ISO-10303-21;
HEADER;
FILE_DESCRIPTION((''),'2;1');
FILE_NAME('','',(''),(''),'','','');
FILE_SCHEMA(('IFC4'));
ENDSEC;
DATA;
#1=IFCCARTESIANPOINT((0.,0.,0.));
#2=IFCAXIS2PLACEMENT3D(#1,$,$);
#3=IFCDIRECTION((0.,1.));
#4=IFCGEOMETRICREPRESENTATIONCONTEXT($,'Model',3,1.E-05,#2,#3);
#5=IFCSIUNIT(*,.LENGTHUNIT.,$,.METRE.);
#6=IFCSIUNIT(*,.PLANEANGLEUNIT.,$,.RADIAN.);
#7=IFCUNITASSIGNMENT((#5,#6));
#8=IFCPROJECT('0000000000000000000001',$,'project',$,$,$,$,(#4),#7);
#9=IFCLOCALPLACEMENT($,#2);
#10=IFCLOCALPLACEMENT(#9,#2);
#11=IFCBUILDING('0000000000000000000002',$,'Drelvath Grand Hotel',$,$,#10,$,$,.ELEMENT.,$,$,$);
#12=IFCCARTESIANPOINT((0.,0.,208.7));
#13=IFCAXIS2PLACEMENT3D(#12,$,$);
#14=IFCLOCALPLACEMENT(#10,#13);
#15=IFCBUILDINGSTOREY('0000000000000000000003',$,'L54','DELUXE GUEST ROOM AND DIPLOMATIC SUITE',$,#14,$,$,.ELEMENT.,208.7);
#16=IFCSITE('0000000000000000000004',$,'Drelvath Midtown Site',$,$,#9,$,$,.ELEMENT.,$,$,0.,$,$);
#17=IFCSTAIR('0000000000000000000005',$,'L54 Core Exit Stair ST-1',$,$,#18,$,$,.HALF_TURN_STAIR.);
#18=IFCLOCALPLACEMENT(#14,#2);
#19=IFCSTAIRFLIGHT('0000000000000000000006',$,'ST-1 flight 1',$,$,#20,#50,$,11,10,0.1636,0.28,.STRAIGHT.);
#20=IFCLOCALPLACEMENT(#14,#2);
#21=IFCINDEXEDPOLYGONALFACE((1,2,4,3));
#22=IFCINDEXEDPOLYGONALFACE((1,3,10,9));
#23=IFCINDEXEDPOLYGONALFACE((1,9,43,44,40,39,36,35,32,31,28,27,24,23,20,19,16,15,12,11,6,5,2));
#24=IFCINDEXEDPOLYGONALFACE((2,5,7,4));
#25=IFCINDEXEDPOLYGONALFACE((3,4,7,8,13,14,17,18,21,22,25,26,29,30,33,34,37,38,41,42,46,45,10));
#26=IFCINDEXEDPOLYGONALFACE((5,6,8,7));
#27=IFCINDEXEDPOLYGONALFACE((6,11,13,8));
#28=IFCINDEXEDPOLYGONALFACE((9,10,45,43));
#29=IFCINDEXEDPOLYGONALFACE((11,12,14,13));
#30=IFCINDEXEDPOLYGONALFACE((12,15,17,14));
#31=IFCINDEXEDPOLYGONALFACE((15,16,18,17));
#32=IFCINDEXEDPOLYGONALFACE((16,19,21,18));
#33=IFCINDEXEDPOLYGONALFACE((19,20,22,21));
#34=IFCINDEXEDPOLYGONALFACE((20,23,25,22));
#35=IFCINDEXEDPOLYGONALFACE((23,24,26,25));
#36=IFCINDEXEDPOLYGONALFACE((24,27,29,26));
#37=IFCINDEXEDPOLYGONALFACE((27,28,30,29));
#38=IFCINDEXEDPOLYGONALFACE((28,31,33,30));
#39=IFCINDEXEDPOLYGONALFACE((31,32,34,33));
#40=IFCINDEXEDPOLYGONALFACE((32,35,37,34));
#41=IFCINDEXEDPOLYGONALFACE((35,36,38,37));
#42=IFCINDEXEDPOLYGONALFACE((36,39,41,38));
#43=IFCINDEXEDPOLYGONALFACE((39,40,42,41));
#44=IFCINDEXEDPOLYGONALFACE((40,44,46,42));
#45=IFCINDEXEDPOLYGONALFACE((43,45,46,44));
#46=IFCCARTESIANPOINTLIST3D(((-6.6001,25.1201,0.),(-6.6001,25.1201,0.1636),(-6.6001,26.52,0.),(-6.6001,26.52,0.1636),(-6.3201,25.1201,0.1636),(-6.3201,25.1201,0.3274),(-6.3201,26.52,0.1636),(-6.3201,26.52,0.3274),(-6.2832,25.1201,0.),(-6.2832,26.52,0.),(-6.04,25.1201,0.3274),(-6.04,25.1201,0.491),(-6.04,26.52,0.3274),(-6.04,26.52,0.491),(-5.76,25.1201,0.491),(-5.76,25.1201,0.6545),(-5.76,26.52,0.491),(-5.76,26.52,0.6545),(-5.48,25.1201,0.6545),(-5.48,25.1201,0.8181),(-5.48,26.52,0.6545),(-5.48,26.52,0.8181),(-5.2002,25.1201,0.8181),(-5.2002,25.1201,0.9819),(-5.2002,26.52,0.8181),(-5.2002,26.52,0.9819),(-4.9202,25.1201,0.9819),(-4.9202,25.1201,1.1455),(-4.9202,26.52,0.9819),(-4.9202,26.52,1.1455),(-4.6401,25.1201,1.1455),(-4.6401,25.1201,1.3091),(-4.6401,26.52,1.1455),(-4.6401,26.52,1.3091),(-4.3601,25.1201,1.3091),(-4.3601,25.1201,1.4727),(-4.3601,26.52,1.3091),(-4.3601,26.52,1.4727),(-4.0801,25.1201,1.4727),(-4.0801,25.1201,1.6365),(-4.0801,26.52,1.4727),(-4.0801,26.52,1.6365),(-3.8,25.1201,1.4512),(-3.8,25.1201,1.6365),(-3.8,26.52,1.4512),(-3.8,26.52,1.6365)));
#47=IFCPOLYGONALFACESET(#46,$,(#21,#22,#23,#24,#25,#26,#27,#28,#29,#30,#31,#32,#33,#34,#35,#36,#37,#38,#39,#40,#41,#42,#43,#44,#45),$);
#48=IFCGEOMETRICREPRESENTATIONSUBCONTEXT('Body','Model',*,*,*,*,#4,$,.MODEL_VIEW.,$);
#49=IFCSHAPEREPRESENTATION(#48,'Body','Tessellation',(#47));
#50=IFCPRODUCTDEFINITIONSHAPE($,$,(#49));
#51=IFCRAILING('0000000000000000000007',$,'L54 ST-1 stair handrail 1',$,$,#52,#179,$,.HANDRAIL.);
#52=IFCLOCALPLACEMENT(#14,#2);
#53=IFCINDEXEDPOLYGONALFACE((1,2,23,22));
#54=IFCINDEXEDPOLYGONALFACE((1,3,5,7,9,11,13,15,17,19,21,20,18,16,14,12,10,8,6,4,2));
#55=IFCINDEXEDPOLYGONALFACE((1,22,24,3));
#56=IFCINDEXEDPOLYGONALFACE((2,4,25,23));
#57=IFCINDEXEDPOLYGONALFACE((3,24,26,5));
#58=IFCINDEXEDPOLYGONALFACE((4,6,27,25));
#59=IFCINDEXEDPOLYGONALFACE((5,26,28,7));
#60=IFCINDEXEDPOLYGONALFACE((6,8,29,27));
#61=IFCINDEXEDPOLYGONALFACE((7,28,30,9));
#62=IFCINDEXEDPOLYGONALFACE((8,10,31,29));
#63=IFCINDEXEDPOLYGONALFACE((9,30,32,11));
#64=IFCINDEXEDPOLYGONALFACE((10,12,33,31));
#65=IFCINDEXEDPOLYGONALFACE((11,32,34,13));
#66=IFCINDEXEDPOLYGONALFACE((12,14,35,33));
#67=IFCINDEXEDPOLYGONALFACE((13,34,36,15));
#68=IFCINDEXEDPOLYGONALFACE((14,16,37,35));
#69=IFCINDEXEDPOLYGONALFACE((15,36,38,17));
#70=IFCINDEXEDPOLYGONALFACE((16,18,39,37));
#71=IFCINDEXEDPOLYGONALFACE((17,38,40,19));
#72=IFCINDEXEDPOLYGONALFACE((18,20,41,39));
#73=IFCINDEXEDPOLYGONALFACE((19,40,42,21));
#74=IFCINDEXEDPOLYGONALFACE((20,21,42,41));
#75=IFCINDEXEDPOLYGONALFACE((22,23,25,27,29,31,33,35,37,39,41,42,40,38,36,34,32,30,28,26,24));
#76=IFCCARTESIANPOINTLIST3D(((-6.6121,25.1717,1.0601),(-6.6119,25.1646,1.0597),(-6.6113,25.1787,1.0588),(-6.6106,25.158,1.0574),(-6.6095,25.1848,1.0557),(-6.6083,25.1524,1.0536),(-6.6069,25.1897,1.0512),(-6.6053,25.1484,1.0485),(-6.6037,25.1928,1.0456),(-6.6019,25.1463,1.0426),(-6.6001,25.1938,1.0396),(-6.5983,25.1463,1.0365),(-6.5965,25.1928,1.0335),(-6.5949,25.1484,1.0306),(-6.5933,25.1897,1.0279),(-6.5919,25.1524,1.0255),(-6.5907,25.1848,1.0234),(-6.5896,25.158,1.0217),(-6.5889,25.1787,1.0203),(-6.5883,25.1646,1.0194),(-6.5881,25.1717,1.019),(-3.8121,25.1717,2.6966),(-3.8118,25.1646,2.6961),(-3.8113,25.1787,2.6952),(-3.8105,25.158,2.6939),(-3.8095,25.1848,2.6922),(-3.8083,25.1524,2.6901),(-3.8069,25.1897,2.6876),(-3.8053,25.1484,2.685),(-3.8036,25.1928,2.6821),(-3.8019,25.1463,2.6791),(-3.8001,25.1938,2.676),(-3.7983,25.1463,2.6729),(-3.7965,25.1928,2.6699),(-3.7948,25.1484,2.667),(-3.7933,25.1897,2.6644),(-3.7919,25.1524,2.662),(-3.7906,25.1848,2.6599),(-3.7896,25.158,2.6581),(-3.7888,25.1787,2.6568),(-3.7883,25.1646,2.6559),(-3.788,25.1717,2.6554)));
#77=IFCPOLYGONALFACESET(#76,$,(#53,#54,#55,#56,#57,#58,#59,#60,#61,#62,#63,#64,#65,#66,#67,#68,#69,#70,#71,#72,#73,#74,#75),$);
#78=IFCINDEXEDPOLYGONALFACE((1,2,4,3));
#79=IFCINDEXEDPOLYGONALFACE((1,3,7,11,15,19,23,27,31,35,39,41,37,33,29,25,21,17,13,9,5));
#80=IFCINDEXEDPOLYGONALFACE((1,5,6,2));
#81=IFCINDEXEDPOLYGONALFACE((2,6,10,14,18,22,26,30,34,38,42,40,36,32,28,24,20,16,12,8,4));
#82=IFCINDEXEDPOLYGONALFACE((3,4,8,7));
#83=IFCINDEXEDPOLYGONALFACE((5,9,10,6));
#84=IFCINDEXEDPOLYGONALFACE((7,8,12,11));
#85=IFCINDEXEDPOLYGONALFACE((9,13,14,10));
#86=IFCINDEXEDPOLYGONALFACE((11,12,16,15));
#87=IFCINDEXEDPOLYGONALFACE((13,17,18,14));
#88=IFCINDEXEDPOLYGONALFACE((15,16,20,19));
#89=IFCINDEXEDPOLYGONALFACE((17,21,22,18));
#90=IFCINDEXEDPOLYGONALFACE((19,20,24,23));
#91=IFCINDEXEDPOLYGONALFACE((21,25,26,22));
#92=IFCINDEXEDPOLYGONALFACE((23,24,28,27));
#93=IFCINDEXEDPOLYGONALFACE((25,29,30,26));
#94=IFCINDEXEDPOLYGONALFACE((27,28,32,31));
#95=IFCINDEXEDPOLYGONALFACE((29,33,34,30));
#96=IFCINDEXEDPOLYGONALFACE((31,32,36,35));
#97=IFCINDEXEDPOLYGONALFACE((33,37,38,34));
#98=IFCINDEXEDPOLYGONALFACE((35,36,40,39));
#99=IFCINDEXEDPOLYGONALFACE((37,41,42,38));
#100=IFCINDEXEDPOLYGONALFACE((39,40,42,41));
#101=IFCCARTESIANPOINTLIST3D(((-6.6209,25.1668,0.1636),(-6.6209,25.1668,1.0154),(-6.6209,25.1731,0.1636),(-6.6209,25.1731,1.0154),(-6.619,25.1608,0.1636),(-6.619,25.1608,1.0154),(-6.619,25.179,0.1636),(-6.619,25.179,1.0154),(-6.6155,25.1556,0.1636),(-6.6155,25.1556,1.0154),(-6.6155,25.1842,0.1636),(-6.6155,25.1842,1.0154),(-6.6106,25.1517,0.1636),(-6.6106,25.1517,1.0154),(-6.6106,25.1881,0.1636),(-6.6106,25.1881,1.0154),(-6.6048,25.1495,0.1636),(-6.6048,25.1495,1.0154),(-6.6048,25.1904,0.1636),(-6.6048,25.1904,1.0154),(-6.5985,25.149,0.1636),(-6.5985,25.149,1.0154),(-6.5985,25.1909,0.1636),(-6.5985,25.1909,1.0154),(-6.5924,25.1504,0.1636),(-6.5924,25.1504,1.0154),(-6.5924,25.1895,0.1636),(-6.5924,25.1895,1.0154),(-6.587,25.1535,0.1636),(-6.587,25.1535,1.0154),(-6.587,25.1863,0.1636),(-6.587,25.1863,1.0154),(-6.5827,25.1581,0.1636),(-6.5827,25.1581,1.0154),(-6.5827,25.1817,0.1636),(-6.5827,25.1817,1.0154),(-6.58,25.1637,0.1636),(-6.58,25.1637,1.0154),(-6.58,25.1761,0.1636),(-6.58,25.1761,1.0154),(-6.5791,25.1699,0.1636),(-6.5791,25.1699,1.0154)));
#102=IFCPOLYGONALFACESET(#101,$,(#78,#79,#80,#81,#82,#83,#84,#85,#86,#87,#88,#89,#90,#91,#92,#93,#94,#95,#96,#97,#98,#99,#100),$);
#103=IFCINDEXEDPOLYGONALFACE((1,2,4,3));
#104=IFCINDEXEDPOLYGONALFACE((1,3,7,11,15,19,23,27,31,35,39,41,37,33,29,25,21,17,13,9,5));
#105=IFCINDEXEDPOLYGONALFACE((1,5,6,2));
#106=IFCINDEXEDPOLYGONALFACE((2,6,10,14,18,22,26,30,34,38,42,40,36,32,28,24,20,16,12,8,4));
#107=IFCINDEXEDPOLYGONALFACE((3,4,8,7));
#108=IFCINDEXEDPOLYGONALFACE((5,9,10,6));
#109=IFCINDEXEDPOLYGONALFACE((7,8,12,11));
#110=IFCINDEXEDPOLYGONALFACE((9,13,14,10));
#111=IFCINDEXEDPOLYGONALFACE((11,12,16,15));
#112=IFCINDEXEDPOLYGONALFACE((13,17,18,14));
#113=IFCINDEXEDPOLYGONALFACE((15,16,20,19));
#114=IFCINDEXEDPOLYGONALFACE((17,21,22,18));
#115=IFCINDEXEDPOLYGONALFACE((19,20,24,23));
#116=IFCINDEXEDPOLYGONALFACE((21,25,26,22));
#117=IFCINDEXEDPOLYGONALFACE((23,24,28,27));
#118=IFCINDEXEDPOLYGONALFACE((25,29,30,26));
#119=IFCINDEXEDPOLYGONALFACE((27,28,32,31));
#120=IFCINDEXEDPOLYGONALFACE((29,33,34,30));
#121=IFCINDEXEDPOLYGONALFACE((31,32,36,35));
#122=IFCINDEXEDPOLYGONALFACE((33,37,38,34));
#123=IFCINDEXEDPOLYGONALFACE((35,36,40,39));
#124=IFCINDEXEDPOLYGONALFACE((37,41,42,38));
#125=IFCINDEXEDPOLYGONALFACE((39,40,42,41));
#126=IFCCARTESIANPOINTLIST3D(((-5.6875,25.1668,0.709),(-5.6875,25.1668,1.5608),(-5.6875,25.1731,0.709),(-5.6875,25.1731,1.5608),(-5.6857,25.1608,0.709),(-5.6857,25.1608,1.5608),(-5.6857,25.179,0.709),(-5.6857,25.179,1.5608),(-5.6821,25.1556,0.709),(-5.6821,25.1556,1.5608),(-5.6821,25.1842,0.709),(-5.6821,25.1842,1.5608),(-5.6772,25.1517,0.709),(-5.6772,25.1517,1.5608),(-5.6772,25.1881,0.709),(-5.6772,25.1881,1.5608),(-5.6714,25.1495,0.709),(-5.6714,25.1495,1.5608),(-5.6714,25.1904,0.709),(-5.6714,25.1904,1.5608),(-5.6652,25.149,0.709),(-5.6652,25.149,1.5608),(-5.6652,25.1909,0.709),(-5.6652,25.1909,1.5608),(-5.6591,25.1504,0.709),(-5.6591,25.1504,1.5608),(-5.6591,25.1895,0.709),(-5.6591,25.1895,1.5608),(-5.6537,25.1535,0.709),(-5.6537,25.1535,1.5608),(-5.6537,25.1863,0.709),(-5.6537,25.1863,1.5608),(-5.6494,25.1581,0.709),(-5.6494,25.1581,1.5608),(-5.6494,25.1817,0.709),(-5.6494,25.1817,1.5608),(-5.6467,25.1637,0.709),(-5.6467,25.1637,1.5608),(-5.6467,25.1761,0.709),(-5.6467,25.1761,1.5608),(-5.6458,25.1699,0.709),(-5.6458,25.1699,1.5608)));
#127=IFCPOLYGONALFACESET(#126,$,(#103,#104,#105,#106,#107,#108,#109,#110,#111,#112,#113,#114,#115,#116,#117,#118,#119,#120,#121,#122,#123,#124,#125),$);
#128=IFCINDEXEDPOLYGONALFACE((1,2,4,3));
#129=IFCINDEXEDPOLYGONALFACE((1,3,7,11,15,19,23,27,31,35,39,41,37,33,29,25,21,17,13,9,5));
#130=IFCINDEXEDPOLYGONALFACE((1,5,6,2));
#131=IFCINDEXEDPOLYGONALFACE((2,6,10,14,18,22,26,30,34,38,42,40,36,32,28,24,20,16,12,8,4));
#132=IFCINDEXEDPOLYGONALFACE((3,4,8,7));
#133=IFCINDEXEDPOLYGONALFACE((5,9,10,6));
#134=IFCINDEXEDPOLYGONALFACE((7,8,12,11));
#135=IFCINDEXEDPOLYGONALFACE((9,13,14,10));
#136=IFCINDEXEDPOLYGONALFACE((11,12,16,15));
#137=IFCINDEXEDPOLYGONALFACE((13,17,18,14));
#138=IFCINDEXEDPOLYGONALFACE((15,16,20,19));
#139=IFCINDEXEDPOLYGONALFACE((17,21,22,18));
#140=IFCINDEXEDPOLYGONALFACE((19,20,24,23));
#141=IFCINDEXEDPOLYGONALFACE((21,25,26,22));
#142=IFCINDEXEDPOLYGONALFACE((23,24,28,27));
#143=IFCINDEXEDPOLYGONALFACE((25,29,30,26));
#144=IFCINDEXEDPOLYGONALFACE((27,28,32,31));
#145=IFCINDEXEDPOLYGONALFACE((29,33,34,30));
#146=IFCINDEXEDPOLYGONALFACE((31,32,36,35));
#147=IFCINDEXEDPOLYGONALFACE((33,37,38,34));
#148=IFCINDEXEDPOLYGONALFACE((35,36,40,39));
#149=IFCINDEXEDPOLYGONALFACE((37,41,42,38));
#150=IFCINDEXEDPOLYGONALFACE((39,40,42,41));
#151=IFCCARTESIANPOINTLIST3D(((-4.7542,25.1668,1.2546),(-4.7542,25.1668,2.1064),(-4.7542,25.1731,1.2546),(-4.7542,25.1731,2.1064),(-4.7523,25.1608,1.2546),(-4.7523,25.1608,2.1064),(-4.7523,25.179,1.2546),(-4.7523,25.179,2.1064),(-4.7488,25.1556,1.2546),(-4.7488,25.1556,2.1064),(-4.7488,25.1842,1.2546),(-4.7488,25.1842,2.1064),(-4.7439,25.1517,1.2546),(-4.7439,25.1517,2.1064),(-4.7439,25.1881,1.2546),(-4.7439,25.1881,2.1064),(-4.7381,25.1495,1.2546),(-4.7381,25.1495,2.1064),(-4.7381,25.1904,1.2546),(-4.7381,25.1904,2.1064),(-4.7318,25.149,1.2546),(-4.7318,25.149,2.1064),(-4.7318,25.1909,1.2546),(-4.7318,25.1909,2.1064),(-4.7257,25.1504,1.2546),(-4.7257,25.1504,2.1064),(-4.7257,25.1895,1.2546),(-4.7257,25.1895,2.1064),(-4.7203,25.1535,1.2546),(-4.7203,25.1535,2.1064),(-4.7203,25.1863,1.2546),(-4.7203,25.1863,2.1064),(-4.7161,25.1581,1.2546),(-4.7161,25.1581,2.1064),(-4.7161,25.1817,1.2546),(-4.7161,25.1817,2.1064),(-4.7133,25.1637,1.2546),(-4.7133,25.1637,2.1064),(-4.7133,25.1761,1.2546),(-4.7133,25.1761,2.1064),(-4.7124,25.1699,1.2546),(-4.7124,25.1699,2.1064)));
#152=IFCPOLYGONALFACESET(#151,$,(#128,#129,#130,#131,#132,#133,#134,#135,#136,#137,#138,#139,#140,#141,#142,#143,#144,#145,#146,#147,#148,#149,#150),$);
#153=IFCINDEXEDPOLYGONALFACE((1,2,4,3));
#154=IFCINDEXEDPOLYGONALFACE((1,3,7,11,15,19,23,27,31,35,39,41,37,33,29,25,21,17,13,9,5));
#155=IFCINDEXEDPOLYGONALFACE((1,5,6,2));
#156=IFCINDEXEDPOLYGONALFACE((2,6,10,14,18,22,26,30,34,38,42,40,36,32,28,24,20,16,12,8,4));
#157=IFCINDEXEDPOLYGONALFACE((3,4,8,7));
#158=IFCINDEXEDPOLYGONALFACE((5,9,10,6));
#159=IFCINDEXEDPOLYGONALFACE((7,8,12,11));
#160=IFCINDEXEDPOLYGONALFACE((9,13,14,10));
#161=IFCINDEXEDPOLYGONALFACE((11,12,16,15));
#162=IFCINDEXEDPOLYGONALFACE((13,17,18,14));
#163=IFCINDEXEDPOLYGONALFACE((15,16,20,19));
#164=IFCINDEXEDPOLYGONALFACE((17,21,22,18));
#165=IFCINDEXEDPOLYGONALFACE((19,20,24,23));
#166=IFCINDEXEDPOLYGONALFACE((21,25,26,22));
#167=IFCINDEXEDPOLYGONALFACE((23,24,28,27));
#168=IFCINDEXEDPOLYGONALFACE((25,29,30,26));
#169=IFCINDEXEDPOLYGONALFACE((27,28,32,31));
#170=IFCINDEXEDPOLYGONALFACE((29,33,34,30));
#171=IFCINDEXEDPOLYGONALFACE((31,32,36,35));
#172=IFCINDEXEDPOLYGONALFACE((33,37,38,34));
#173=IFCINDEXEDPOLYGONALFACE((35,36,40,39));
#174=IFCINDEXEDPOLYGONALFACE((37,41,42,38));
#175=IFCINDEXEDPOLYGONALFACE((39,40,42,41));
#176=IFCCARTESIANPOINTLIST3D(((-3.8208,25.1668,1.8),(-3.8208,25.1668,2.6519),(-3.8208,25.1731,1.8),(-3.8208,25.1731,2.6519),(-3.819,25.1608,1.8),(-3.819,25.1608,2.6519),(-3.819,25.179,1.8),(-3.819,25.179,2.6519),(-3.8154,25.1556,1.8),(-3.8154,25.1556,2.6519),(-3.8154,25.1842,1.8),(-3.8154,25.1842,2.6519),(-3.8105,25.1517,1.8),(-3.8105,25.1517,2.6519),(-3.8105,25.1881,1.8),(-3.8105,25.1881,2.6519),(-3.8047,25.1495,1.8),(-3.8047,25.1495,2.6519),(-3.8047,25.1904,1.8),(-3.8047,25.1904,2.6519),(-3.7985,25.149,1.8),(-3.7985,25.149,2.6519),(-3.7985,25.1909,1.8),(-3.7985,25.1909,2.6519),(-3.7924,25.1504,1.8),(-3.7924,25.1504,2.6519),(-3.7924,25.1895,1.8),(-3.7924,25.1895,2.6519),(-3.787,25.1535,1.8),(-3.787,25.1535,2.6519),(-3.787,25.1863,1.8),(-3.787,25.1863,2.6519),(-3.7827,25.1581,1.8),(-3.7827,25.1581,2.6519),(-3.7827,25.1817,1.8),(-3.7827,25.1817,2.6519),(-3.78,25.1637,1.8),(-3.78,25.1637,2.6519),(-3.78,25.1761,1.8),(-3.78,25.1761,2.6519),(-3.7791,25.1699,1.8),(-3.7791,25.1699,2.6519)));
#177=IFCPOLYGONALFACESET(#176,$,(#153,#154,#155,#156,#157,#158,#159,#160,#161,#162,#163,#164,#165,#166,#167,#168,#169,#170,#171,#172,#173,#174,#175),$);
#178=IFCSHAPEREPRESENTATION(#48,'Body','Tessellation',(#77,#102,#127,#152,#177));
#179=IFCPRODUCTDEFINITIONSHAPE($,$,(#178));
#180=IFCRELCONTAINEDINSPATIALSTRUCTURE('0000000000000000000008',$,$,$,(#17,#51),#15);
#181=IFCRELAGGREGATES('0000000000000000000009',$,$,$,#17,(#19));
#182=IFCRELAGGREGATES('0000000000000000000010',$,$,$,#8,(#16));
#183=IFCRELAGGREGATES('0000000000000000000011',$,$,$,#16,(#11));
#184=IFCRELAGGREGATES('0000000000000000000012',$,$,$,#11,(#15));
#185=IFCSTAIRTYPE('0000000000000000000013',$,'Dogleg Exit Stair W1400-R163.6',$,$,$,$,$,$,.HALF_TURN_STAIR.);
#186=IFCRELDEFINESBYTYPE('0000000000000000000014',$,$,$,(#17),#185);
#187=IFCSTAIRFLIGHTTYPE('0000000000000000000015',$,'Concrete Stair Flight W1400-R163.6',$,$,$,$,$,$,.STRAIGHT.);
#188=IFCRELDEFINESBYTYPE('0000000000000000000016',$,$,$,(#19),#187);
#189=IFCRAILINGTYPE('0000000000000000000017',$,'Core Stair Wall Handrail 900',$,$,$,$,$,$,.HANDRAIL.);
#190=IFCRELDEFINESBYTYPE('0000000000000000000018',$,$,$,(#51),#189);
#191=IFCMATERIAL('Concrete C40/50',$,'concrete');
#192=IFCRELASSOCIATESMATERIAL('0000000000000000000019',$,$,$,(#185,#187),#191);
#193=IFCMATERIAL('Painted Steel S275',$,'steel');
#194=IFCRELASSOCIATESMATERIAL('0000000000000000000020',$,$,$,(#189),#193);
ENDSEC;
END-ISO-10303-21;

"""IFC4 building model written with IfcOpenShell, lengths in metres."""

from ifc_helpers import new_model, si_unit, direction, frame, origin, origin_2d, place, context, subcontext, project, spatial, polyline, circle, outline, extrude, material, type_object, element, aggregate, save


model = new_model("IFC4")

# Units and contexts
model_context = context("Model", 3, precision=1e-05, world=origin(), true_north=direction((0.0, 1.0)))
body_context = subcontext(model_context, "Body", "Model", "MODEL_VIEW")
ifc_project = project(units=[si_unit("LENGTHUNIT", "METRE"), si_unit("PLANEANGLEUNIT", "RADIAN")], contexts=[model_context])

# Site, building, storey
site_placement = place(None, origin())
site = spatial("IfcSite", under=ifc_project, at=site_placement, Name="Drelvath Midtown Site", CompositionType="ELEMENT", RefElevation=0.0)
building_placement = place(site_placement, origin())
building = spatial("IfcBuilding", under=site, at=building_placement, Name="Drelvath Grand Hotel", CompositionType="ELEMENT")
storey_placement = place(building_placement, frame((0.0, 0.0, 208.7)))
storey = spatial("IfcBuildingStorey", under=building, at=storey_placement, Name="L54", Description="DELUXE GUEST ROOM AND DIPLOMATIC SUITE", CompositionType="ELEMENT", Elevation=208.7)

# Shared definitions
ifc_material_1 = material(Name="Concrete C40/50", Category="concrete")
ifc_material_2 = material(Name="Painted Steel S275", Category="steel")

# Stair, stair flight
stair_type = type_object("IfcStairType", Name="Dogleg Exit Stair W1400-R163.6", PredefinedType="HALF_TURN_STAIR", material=ifc_material_1)
stair_placement = place(storey_placement, origin())
stair = element("IfcStair", 1, at=stair_placement, inside=storey, type_object=stair_type, Name="L54 Core Exit Stair ST-1", PredefinedType="HALF_TURN_STAIR")
stair_flight_type = type_object("IfcStairFlightType", Name="Concrete Stair Flight W1400-R163.6", PredefinedType="STRAIGHT", material=ifc_material_1)
stair_flight_placement = place(storey_placement, frame((-6.6001, 25.8201, 0.0), z_axis=(0.0, 0.0, 1.0), x_axis=(1.0, 0.0, 0.0)))
stair_flight = element("IfcStairFlight", 2, at=stair_flight_placement, type_object=stair_flight_type, Name="ST-1 flight 1", NumberOfRisers=11, NumberOfTreads=10, PredefinedType="STRAIGHT", RiserHeight=0.1636, TreadLength=0.28, context=body_context, shape_type="SweptSolid", body=[
    extrude(outline(polyline([(0.0, 0.0), (0.0, 0.1636), (0.28, 0.1636), (0.28, 0.3274), (0.5601, 0.3274), (0.5601, 0.491), (0.8401, 0.491), (0.8401, 0.6545), (1.1201, 0.6545), (1.1201, 0.8181), (1.3999, 0.8181), (1.3999, 0.9819), (1.6799, 0.9819), (1.6799, 1.1455), (1.96, 1.1455), (1.96, 1.3091), (2.24, 1.3091), (2.24, 1.4727), (2.52, 1.4727), (2.52, 1.6365), (2.8, 1.6365), (2.8, 1.8), (2.8, 1.4512), (0.3169, 0.0), (0.0, 0.0)])), frame((0.0, 0.7, 0.0), z_axis=(0.0, -1.0, 0.0), x_axis=(1.0, 0.0, 0.0)), (0.0, 0.0, 1.0), 1.3999),
])
aggregate(stair, [stair_flight])

# Railing
railing_type_1 = type_object("IfcRailingType", Name="Core Stair Wall Handrail 900", PredefinedType="HANDRAIL", material=ifc_material_2)
railing_1_placement = place(storey_placement, frame((-6.6001, 25.1699, 0.1636)))
element("IfcRailing", 3, at=railing_1_placement, inside=storey, type_object=railing_type_1, Name="L54 ST-1 stair handrail 1", PredefinedType="HANDRAIL", context=body_context, shape_type="SweptSolid", body=[
    extrude(circle(Radius=0.0239, at=origin_2d()), frame((0.0, 0.0, 0.876), z_axis=(0.863361, 0.0, 0.504587), x_axis=(0.0, 1.0, 0.0)), (0.0, 0.0, 1.0), 3.2432),
    extrude(circle(Radius=0.021, at=origin_2d()), origin(), (0.0, 0.0, 1.0), 0.8518),
    extrude(circle(Radius=0.021, at=origin_2d()), frame((0.9333, 0.0, 0.5454)), (0.0, 0.0, 1.0), 0.8518),
    extrude(circle(Radius=0.021, at=origin_2d()), frame((1.8667, 0.0, 1.0911)), (0.0, 0.0, 1.0), 0.8518),
    extrude(circle(Radius=0.021, at=origin_2d()), frame((2.8, 0.0, 1.6365)), (0.0, 0.0, 1.0), 0.8518),
])

save(model, "model.ifc")
